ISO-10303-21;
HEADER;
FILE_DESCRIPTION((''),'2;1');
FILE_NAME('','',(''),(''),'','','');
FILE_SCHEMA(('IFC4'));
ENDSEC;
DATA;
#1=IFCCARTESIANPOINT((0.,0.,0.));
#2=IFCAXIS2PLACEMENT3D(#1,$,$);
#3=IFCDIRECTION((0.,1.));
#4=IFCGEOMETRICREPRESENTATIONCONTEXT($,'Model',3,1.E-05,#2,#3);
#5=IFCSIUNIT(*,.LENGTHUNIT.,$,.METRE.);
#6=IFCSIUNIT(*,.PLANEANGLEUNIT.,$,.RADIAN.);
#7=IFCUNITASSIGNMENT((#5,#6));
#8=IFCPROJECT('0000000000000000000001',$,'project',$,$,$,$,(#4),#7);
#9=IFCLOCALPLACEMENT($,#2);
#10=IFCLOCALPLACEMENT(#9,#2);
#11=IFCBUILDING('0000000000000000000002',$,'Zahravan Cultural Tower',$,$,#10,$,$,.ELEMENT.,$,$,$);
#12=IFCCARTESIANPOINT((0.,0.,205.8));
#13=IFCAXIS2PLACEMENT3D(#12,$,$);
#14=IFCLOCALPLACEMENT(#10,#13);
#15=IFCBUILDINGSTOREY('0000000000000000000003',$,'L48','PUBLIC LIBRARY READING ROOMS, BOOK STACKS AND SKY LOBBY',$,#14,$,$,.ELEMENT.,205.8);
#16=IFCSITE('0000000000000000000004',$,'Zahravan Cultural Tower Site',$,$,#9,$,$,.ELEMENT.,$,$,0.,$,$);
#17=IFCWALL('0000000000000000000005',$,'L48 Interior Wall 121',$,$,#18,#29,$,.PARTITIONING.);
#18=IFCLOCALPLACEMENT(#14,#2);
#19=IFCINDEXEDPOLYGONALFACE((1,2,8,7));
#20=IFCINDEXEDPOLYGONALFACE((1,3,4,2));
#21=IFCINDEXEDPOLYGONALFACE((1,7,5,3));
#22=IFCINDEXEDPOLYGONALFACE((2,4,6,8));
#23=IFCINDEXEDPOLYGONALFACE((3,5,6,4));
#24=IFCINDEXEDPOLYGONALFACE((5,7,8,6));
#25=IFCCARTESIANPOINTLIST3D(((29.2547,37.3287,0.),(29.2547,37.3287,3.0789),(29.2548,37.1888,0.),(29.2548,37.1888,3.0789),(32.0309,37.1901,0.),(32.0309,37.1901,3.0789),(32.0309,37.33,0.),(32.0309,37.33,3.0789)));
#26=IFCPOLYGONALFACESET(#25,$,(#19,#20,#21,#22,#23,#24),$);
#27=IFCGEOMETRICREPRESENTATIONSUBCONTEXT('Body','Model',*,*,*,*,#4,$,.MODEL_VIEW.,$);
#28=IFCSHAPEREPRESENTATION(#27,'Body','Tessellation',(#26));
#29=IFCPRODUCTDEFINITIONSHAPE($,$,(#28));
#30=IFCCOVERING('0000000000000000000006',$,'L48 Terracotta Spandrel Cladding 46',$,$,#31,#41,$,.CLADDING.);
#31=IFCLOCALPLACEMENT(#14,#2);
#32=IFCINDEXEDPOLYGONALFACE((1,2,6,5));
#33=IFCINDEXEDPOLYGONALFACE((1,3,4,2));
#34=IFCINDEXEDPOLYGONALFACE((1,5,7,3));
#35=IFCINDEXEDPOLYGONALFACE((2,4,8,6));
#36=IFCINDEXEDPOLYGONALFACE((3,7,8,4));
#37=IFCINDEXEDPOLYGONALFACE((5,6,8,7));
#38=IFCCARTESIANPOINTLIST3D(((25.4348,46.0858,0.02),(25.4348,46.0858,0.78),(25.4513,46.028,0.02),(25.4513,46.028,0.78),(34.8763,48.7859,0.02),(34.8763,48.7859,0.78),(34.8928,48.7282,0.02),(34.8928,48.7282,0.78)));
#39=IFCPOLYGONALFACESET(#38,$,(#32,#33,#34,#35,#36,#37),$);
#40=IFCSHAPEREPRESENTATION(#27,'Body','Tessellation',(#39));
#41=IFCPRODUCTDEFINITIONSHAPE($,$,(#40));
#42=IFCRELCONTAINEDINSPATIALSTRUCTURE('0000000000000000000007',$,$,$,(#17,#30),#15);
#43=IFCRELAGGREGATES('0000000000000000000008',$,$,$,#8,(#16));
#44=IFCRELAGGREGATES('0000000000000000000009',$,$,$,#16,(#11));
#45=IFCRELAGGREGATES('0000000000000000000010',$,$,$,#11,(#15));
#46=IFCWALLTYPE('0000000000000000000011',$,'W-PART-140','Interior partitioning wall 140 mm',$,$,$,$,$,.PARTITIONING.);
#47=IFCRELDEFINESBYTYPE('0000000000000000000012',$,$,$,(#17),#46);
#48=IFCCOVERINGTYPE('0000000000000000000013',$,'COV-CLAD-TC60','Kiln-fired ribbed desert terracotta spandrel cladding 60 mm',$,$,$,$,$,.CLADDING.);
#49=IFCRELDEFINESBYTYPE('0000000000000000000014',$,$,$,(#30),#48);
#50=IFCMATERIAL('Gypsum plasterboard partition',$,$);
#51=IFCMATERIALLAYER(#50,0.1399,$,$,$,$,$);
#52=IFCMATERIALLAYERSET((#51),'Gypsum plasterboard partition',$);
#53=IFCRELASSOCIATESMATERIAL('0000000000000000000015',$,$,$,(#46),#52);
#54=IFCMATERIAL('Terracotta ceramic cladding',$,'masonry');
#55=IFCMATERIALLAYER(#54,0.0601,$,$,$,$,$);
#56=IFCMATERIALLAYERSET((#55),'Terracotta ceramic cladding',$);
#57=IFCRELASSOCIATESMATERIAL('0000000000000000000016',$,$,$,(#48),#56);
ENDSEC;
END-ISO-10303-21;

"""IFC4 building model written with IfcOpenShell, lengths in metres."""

from ifc_helpers import new_model, si_unit, direction, frame, frame_2d, origin, origin_2d, place, context, subcontext, project, spatial, rectangle, extrude, source, transform, mapped, material, layer, layer_set, type_object, element, save


model = new_model("IFC4")

# Units and contexts
model_context = context("Model", 3, precision=1e-05, world=origin(), true_north=direction((0.0, 1.0)))
body_context = subcontext(model_context, "Body", "Model", "MODEL_VIEW")
ifc_project = project(units=[si_unit("LENGTHUNIT", "METRE"), si_unit("PLANEANGLEUNIT", "RADIAN")], contexts=[model_context])

# Site, building, storey
site_placement = place(None, origin())
site = spatial("IfcSite", under=ifc_project, at=site_placement, Name="Zahravan Cultural Tower Site", CompositionType="ELEMENT", RefElevation=0.0)
building_placement = place(site_placement, origin())
building = spatial("IfcBuilding", under=site, at=building_placement, Name="Zahravan Cultural Tower", CompositionType="ELEMENT")
storey_placement = place(building_placement, frame((0.0, 0.0, 205.8)))
storey = spatial("IfcBuildingStorey", under=building, at=storey_placement, Name="L48", Description="PUBLIC LIBRARY READING ROOMS, BOOK STACKS AND SKY LOBBY", CompositionType="ELEMENT", Elevation=205.8)

# Shared definitions
ifc_material_1 = material(Name="Gypsum plasterboard partition")
ifc_layer_1 = layer(ifc_material_1, 0.1399)
ifc_layer_set_1 = layer_set([ifc_layer_1], Name="Gypsum plasterboard partition")
wall_type_1 = type_object("IfcWallType", Name="W-PART-140", Description="Interior partitioning wall 140 mm", PredefinedType="PARTITIONING", material=ifc_layer_set_1)

# Wall
shared_shape_1 = source(origin(), body_context, "Body", "SweptSolid", [
    extrude(rectangle(XDim=2.7761, YDim=0.1399, at=frame_2d((1.3882, 0.0))), origin(), (0.0, 0.0, 1.0), 3.0789),
])
wall_1_placement = place(storey_placement, frame((32.031, 37.26, 0.0), z_axis=(0.0, 0.0, 1.0), x_axis=(-1.0, -0.00044, 0.0)))
element("IfcWall", 1, at=wall_1_placement, inside=storey, type_object=wall_type_1, Name="L48 Interior Wall 121", PredefinedType="PARTITIONING", context=body_context, shape_type="MappedRepresentation", body=[
    mapped(shared_shape_1, transform((0.0, 0.0, 0.0), x_axis=(1.0, 0.0, 0.0), y_axis=(0.0, 1.0, 0.0), z_axis=(0.0, 0.0, 1.0), scale=1.0)),
])

# Covering
ifc_material_2 = material(Name="Terracotta ceramic cladding", Category="masonry")
ifc_layer_2 = layer(ifc_material_2, 0.0601)
ifc_layer_set_2 = layer_set([ifc_layer_2], Name="Terracotta ceramic cladding")
covering_type = type_object("IfcCoveringType", Name="COV-CLAD-TC60", Description="Kiln-fired ribbed desert terracotta spandrel cladding 60 mm", PredefinedType="CLADDING", material=ifc_layer_set_2)
shared_shape_2 = source(origin(), body_context, "Body", "SweptSolid", [
    extrude(rectangle(XDim=9.8201, YDim=0.0601, at=origin_2d()), origin(), (0.0, 0.0, 1.0), 0.76),
])
covering_placement = place(storey_placement, frame((30.1638, 47.407, 0.02), z_axis=(0.0, 0.0, 1.0), x_axis=(0.961454, 0.274966, 0.0)))
element("IfcCovering", 2, at=covering_placement, inside=storey, type_object=covering_type, Name="L48 Terracotta Spandrel Cladding 46", PredefinedType="CLADDING", context=body_context, shape_type="MappedRepresentation", body=[
    mapped(shared_shape_2, transform((0.0, 0.0, 0.0), x_axis=(1.0, 0.0, 0.0), y_axis=(0.0, 1.0, 0.0), z_axis=(0.0, 0.0, 1.0), scale=1.0)),
])

save(model, "model.ifc")
